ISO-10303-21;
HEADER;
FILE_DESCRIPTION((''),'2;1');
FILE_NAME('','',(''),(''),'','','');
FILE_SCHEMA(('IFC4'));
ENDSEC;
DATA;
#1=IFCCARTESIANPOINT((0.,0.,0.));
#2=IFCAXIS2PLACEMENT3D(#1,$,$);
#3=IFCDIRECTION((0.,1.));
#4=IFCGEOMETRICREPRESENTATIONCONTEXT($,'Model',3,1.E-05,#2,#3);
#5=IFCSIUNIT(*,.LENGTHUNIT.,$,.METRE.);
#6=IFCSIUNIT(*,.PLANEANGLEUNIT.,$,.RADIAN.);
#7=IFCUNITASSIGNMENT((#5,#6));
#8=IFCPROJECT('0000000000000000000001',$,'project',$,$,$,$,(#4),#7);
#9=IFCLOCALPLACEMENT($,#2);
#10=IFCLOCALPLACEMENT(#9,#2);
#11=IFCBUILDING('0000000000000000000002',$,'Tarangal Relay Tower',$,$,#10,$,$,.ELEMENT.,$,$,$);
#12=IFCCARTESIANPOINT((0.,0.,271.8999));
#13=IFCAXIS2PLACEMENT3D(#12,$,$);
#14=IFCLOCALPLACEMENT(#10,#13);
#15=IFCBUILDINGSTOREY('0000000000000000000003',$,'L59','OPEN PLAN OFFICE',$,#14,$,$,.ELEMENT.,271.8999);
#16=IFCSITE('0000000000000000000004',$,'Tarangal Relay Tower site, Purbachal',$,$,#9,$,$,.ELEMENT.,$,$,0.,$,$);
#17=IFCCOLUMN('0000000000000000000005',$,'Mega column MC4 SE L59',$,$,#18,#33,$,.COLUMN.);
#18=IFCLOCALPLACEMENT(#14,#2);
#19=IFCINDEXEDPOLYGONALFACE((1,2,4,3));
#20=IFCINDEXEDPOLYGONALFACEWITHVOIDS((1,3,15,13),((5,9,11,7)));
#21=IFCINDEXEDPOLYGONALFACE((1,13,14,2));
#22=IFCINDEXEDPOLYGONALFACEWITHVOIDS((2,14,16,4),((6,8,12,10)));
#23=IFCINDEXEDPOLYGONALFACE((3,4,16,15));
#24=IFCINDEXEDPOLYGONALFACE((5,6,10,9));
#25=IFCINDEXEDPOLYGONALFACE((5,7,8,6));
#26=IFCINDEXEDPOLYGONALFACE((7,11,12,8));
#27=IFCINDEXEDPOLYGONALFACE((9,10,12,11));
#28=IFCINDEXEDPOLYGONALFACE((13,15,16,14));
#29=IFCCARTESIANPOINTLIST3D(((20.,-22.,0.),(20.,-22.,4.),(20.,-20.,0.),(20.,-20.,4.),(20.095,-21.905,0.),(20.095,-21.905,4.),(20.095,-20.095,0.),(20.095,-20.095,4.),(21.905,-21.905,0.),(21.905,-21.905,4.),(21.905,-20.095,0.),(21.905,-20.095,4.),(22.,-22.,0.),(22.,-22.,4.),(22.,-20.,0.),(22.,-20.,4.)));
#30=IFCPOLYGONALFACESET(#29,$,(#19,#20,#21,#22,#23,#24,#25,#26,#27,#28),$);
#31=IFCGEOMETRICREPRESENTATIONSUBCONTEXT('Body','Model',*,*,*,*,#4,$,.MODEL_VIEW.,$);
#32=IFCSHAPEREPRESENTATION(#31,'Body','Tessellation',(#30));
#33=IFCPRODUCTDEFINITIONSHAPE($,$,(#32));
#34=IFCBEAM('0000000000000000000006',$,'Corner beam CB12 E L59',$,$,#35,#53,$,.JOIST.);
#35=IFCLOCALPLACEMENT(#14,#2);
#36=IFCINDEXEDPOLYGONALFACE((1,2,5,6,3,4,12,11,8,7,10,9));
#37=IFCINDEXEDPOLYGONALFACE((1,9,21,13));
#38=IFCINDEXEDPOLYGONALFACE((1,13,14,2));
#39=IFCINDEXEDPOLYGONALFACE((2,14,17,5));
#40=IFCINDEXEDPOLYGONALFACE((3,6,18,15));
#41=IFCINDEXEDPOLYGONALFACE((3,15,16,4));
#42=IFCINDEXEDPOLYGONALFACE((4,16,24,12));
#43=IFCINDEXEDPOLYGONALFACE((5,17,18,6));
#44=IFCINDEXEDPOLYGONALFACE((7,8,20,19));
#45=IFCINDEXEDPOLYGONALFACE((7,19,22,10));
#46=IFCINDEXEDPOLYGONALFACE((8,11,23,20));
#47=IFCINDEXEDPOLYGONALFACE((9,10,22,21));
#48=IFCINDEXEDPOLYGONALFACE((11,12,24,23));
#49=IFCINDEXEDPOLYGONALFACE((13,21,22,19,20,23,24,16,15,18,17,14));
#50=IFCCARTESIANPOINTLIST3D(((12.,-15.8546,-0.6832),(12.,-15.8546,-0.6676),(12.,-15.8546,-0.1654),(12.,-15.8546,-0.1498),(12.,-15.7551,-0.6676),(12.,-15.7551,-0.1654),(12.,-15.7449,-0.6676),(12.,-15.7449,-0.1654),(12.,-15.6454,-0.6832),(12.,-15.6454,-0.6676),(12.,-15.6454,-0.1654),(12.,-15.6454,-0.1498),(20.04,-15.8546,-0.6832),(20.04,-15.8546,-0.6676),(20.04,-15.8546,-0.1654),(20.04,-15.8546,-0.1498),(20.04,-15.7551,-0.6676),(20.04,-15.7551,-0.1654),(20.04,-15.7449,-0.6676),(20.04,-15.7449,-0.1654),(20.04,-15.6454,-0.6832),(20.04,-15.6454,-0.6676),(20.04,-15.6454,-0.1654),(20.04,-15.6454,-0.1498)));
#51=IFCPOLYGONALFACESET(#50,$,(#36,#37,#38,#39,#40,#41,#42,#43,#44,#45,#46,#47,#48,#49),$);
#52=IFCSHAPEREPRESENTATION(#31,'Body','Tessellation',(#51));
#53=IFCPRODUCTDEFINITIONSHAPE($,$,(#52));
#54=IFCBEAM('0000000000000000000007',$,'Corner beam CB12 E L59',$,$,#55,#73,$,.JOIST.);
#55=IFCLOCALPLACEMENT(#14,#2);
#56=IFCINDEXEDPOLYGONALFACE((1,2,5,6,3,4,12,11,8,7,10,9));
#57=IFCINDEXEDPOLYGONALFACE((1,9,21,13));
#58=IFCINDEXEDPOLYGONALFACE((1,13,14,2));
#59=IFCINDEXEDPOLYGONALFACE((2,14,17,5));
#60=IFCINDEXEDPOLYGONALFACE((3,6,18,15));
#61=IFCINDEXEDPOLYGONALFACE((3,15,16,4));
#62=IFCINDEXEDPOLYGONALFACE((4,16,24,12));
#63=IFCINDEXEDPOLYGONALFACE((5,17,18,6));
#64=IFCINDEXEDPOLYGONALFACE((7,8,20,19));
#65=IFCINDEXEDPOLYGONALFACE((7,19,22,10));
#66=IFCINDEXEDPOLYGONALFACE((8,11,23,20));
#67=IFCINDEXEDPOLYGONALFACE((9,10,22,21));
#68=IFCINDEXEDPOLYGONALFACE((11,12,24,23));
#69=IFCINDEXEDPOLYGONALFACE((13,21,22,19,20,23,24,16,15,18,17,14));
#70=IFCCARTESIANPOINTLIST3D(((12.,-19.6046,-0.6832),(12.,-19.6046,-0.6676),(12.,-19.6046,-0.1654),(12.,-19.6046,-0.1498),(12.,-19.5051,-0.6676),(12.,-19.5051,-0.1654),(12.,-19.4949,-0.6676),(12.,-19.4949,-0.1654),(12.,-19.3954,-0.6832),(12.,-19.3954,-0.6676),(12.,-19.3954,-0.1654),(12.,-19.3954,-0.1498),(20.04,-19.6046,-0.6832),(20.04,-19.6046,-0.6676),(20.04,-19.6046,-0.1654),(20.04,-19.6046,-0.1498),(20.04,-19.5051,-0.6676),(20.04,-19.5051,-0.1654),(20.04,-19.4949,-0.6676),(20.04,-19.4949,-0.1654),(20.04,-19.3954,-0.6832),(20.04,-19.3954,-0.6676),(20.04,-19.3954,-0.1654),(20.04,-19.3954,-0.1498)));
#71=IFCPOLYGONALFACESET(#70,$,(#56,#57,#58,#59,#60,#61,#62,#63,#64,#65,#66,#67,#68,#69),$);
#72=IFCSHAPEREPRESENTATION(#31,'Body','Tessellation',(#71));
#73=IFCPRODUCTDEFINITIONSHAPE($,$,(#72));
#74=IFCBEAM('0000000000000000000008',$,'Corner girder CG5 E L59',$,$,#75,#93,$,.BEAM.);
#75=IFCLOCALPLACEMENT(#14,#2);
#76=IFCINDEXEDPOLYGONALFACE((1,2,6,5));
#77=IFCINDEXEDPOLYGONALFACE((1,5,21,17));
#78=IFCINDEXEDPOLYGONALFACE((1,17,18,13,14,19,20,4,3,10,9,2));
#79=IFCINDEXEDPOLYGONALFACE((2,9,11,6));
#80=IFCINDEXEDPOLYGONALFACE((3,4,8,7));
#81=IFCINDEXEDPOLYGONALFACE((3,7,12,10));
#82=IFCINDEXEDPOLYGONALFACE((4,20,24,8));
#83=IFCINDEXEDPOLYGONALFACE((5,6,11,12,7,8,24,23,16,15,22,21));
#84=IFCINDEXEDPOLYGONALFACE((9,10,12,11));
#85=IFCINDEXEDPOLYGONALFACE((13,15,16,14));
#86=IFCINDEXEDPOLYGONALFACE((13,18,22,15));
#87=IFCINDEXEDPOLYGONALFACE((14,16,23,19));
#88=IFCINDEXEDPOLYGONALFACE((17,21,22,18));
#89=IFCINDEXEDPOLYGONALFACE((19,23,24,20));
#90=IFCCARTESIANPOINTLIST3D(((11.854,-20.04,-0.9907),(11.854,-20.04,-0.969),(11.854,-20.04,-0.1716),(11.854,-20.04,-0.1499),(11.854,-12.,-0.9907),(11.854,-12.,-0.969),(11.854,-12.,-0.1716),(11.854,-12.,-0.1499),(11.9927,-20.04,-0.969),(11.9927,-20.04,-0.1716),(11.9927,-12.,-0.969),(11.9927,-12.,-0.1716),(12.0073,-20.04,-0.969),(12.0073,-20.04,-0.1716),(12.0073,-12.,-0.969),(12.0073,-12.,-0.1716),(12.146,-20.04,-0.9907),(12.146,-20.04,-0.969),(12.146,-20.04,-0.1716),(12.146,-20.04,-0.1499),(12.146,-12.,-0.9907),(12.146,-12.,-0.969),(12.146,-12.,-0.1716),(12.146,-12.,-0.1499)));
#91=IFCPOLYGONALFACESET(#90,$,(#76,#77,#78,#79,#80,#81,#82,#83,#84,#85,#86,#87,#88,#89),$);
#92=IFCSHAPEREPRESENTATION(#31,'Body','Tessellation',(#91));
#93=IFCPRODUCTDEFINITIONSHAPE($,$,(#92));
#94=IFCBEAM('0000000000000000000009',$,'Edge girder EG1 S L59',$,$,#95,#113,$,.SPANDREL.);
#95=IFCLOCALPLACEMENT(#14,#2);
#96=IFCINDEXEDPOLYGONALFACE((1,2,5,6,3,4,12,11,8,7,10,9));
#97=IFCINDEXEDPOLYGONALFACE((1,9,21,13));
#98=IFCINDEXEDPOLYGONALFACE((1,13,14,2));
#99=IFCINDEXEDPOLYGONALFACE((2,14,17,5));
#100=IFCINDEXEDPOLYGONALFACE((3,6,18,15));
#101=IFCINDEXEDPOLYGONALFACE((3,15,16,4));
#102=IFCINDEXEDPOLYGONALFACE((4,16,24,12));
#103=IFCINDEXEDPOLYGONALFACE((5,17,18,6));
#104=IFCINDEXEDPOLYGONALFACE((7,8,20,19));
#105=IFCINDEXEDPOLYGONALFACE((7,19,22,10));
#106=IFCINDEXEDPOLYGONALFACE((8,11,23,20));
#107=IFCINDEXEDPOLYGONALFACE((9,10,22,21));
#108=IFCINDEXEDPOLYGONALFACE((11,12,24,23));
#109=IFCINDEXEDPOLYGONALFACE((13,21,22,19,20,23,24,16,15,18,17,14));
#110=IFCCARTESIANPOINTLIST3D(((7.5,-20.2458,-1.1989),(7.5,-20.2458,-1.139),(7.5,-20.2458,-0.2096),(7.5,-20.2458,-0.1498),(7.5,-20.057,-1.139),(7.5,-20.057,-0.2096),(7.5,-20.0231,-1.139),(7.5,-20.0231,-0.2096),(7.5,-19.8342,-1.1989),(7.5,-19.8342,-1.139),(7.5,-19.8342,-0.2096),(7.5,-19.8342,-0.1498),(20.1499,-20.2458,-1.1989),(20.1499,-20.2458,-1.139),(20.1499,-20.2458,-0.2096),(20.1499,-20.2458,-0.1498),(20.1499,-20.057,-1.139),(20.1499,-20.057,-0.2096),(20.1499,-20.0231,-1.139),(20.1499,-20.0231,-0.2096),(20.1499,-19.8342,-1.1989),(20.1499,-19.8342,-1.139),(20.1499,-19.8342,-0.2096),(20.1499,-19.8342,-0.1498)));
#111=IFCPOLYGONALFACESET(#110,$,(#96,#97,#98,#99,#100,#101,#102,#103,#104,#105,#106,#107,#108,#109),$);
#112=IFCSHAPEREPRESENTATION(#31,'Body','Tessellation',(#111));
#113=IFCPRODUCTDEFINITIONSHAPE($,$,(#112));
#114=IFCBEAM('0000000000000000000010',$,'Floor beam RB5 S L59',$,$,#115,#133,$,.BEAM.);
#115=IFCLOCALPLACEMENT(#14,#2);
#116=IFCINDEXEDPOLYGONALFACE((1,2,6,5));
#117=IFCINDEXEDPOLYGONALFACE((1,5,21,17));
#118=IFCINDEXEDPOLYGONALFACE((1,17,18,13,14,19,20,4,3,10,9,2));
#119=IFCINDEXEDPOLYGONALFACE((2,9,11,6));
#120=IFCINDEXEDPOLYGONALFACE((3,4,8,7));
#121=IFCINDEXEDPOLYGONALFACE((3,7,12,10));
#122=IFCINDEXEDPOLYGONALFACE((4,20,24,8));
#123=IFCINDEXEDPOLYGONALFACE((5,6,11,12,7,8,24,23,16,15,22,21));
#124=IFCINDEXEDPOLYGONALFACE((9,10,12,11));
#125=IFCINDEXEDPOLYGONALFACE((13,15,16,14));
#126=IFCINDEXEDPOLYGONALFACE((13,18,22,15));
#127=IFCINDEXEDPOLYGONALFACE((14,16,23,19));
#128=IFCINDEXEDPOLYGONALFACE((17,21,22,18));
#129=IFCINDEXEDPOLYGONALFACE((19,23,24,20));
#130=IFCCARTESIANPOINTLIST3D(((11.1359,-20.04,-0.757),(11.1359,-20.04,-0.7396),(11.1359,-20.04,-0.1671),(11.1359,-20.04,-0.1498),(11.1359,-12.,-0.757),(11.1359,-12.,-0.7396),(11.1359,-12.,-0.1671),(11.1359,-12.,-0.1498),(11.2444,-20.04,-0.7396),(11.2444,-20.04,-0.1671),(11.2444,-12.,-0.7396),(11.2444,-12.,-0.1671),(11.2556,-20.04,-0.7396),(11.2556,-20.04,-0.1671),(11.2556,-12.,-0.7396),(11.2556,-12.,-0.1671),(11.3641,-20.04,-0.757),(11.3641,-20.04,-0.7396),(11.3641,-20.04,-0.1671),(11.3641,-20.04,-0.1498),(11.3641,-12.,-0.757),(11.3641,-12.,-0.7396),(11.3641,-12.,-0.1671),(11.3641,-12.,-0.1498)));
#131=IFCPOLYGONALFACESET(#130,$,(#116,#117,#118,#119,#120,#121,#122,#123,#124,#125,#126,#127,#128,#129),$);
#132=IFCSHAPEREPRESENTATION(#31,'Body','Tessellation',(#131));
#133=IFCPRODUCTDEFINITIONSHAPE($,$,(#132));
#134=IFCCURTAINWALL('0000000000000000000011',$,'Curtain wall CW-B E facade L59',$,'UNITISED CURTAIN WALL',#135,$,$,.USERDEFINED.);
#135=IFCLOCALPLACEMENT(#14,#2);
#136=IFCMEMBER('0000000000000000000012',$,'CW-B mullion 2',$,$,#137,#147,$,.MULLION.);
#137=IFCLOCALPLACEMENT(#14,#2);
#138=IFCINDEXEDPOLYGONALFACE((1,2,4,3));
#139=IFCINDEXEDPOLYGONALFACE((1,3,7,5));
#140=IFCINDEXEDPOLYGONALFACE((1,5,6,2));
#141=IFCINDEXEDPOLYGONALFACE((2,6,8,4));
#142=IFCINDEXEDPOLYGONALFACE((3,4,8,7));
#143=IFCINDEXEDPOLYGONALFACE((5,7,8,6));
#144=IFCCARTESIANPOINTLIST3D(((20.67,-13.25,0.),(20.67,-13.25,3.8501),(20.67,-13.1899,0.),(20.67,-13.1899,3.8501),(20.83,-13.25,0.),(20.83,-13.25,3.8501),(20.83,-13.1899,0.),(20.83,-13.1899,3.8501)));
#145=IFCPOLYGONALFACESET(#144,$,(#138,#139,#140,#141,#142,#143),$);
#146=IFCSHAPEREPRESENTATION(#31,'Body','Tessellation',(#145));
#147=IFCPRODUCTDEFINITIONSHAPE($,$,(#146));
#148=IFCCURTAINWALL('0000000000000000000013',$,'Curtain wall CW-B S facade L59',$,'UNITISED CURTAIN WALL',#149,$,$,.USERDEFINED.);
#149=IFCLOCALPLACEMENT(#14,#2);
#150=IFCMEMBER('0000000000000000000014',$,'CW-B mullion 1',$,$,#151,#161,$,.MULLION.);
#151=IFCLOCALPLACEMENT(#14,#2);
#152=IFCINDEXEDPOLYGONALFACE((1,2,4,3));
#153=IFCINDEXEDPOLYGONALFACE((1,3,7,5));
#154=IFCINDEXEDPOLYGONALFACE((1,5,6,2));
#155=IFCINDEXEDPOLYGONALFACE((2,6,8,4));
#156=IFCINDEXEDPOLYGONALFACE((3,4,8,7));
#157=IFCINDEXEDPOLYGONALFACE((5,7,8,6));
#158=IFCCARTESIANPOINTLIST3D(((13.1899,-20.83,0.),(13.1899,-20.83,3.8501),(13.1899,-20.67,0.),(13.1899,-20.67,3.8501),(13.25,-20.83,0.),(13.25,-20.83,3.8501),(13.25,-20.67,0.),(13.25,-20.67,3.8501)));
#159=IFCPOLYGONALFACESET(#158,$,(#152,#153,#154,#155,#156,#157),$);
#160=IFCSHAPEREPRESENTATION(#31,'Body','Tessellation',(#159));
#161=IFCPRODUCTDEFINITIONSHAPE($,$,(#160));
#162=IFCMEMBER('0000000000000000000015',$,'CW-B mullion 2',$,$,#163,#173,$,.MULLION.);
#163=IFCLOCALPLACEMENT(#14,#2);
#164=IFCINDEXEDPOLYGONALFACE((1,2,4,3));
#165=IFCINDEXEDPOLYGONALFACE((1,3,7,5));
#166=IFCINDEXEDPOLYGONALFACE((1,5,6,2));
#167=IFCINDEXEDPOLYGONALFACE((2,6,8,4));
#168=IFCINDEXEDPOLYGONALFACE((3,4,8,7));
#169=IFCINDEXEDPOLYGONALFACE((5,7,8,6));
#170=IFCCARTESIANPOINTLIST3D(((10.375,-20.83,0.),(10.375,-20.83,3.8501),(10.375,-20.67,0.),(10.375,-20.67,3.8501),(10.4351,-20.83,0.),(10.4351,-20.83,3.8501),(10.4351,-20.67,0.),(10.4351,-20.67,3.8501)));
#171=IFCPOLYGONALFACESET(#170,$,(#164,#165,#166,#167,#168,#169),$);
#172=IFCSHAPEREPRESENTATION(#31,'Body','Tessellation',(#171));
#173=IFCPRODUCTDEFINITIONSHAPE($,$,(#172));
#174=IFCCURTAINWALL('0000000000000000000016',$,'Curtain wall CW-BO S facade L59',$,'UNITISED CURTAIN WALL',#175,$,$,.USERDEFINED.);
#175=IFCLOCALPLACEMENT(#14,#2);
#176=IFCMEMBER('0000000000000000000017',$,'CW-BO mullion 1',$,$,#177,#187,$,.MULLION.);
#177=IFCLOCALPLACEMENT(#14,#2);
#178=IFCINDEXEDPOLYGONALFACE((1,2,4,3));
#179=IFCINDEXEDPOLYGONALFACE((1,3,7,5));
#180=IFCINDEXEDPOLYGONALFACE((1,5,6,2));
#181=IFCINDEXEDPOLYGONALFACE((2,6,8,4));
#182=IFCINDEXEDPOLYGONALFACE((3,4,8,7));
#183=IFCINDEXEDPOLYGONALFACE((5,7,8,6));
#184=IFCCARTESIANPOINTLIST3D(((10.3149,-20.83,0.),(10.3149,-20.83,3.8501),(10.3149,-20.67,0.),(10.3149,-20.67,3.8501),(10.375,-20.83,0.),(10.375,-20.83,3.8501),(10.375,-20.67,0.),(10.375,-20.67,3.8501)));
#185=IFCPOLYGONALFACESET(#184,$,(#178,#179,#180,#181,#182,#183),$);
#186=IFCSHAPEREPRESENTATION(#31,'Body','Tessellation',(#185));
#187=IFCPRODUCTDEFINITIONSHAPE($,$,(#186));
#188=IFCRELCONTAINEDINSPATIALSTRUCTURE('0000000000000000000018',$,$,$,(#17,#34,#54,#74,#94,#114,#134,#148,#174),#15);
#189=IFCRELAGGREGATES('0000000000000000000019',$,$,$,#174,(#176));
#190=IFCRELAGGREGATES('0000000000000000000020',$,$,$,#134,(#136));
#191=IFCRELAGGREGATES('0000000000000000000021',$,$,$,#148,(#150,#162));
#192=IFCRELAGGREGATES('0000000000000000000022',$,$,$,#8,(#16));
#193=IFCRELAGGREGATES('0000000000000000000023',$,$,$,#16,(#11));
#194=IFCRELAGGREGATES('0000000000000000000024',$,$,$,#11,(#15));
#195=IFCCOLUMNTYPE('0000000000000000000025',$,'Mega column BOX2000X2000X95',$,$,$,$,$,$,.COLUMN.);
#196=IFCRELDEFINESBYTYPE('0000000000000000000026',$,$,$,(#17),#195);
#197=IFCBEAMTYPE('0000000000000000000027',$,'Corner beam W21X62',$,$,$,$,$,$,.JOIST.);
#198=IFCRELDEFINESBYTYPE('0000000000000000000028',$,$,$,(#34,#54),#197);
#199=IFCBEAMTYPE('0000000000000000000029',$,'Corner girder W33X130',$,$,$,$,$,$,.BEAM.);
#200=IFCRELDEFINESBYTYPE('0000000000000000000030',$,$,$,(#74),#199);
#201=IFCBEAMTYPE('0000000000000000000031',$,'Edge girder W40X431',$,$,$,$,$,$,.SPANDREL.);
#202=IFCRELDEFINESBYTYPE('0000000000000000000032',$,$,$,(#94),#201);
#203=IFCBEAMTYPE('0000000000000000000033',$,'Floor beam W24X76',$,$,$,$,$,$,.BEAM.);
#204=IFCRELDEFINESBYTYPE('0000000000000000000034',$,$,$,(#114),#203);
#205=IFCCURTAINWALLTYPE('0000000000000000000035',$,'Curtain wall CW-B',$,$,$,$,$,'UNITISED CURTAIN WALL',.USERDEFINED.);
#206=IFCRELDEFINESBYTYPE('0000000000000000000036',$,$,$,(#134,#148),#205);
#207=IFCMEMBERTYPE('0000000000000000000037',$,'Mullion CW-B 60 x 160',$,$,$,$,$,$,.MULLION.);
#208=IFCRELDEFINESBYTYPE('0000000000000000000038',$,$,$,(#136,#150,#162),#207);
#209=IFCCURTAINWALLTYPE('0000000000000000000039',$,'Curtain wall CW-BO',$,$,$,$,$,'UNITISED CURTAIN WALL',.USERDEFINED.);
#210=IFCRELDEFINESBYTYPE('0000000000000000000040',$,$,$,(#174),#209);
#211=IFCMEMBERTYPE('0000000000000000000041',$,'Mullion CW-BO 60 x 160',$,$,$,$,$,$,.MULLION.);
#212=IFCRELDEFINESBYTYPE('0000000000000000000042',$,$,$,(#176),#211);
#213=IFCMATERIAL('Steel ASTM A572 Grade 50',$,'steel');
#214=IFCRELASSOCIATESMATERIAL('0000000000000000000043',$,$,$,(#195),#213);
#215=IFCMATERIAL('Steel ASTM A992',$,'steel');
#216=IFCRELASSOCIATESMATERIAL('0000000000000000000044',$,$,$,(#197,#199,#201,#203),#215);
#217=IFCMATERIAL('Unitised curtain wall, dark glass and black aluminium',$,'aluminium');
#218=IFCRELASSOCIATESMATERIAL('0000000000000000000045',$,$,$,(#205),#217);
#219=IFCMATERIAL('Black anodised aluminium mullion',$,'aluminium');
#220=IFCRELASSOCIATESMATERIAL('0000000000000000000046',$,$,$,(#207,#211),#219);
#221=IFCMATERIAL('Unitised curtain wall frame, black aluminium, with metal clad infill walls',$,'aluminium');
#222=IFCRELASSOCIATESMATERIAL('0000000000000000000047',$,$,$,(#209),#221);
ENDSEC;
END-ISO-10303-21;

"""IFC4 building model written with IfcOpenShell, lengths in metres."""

from ifc_helpers import new_model, si_unit, direction, frame, origin, origin_2d, place, context, subcontext, project, spatial, rectangle, hollow_rectangle, i_section, extrude, material, material_profile, profile_set, type_object, element, aggregate, save


model = new_model("IFC4")

# Units and contexts
model_context = context("Model", 3, precision=1e-05, world=origin(), true_north=direction((0.0, 1.0)))
body_context = subcontext(model_context, "Body", "Model", "MODEL_VIEW")
ifc_project = project(units=[si_unit("LENGTHUNIT", "METRE"), si_unit("PLANEANGLEUNIT", "RADIAN")], contexts=[model_context])

# Site, building, storey
site_placement = place(None, origin())
site = spatial("IfcSite", under=ifc_project, at=site_placement, Name="Tarangal Relay Tower site, Purbachal", CompositionType="ELEMENT", RefElevation=0.0)
building_placement = place(site_placement, origin())
building = spatial("IfcBuilding", under=site, at=building_placement, Name="Tarangal Relay Tower", CompositionType="ELEMENT")
storey_placement = place(building_placement, frame((0.0, 0.0, 271.8999)))
storey = spatial("IfcBuildingStorey", under=building, at=storey_placement, Name="L59", Description="OPEN PLAN OFFICE", CompositionType="ELEMENT", Elevation=271.8999)

# Column
ifc_material_1 = material(Name="Steel ASTM A572 Grade 50", Category="steel")
ifc_material_profile_1 = material_profile(ifc_material_1, hollow_rectangle(XDim=2.0, YDim=2.0, WallThickness=0.095, at=origin_2d()), Name="BOX2000X2000X95")
ifc_profile_set_1 = profile_set([ifc_material_profile_1], Name="Steel ASTM A572 Grade 50")
column_type = type_object("IfcColumnType", Name="Mega column BOX2000X2000X95", PredefinedType="COLUMN", material=ifc_profile_set_1)
column_placement = place(storey_placement, frame((21.0, -21.0, 0.0), z_axis=(0.0, 0.0, 1.0), x_axis=(1.0, 0.0, 0.0)))
element("IfcColumn", 1, at=column_placement, inside=storey, type_object=column_type, Name="Mega column MC4 SE L59", PredefinedType="COLUMN", context=body_context, shape_type="SweptSolid", body=[
    extrude(hollow_rectangle(XDim=2.0, YDim=2.0, WallThickness=0.095, at=origin_2d()), origin(), (0.0, 0.0, 1.0), 4.0),
])

# Beams
ifc_material_2 = material(Name="Steel ASTM A992", Category="steel")
ifc_material_profile_2 = material_profile(ifc_material_2, i_section(OverallWidth=0.2092, OverallDepth=0.5334, WebThickness=0.0103, FlangeThickness=0.0156, at=origin_2d()), Name="W21X62")
ifc_profile_set_2 = profile_set([ifc_material_profile_2], Name="Steel ASTM A992")
beam_type_1 = type_object("IfcBeamType", Name="Corner beam W21X62", PredefinedType="JOIST", material=ifc_profile_set_2)
for number, where, z_axis, x_axis, name in (
    (2, (12.0, -15.75, -0.4165), (1.0, 0.0, 0.0), (0.0, 1.0, 0.0), "Corner beam CB12 E L59"),
    (3, (12.0, -19.5, -0.4165), (1.0, 0.0, 0.0), (0.0, 1.0, 0.0), "Corner beam CB12 E L59"),
):
    element("IfcBeam", number, at=place(storey_placement, frame(where, z_axis=z_axis, x_axis=x_axis)), inside=storey, type_object=beam_type_1, Name=name, PredefinedType="JOIST", context=body_context, shape_type="SweptSolid", body=[
        extrude(i_section(OverallWidth=0.2092, OverallDepth=0.5334, WebThickness=0.0103, FlangeThickness=0.0156, at=origin_2d()), origin(), (0.0, 0.0, 1.0), 8.04),
    ])
ifc_material_profile_3 = material_profile(ifc_material_2, i_section(OverallWidth=0.292, OverallDepth=0.8408, WebThickness=0.0146, FlangeThickness=0.0217, at=origin_2d()), Name="W33X130")
ifc_profile_set_3 = profile_set([ifc_material_profile_3], Name="Steel ASTM A992")
beam_type_2 = type_object("IfcBeamType", Name="Corner girder W33X130", PredefinedType="BEAM", material=ifc_profile_set_3)
beam_1_placement = place(storey_placement, frame((12.0, -12.0, -0.5703), z_axis=(0.0, -1.0, 0.0), x_axis=(1.0, 0.0, 0.0)))
element("IfcBeam", 4, at=beam_1_placement, inside=storey, type_object=beam_type_2, Name="Corner girder CG5 E L59", PredefinedType="BEAM", context=body_context, shape_type="SweptSolid", body=[
    extrude(i_section(OverallWidth=0.292, OverallDepth=0.8408, WebThickness=0.0146, FlangeThickness=0.0217, at=origin_2d()), origin(), (0.0, 0.0, 1.0), 8.04),
])
ifc_material_profile_4 = material_profile(ifc_material_2, i_section(OverallWidth=0.4116, OverallDepth=1.0491, WebThickness=0.0339, FlangeThickness=0.0598, at=origin_2d()), Name="W40X431")
ifc_profile_set_4 = profile_set([ifc_material_profile_4], Name="Steel ASTM A992")
beam_type_3 = type_object("IfcBeamType", Name="Edge girder W40X431", PredefinedType="SPANDREL", material=ifc_profile_set_4)
beam_2_placement = place(storey_placement, frame((20.1499, -20.04, -0.6743), z_axis=(-1.0, 0.0, 0.0), x_axis=(0.0, -1.0, 0.0)))
element("IfcBeam", 5, at=beam_2_placement, inside=storey, type_object=beam_type_3, Name="Edge girder EG1 S L59", PredefinedType="SPANDREL", context=body_context, shape_type="SweptSolid", body=[
    extrude(i_section(OverallWidth=0.4116, OverallDepth=1.0491, WebThickness=0.0339, FlangeThickness=0.0598, at=origin_2d()), origin(), (0.0, 0.0, 1.0), 12.6499),
])
ifc_material_profile_5 = material_profile(ifc_material_2, i_section(OverallWidth=0.2283, OverallDepth=0.6072, WebThickness=0.0112, FlangeThickness=0.0173, at=origin_2d()), Name="W24X76")
ifc_profile_set_5 = profile_set([ifc_material_profile_5], Name="Steel ASTM A992")
beam_type_4 = type_object("IfcBeamType", Name="Floor beam W24X76", PredefinedType="BEAM", material=ifc_profile_set_5)
beam_3_placement = place(storey_placement, frame((11.25, -12.0, -0.4534), z_axis=(0.0, -1.0, 0.0), x_axis=(1.0, 0.0, 0.0)))
element("IfcBeam", 6, at=beam_3_placement, inside=storey, type_object=beam_type_4, Name="Floor beam RB5 S L59", PredefinedType="BEAM", context=body_context, shape_type="SweptSolid", body=[
    extrude(i_section(OverallWidth=0.2283, OverallDepth=0.6072, WebThickness=0.0112, FlangeThickness=0.0173, at=origin_2d()), origin(), (0.0, 0.0, 1.0), 8.04),
])

# Curtain wall, member
ifc_material_3 = material(Name="Unitised curtain wall, dark glass and black aluminium", Category="aluminium")
curtain_wall_type_1 = type_object("IfcCurtainWallType", Name="Curtain wall CW-B", ElementType="UNITISED CURTAIN WALL", PredefinedType="USERDEFINED", material=ifc_material_3)
curtain_wall_1_placement = place(storey_placement, origin())
curtain_wall_1 = element("IfcCurtainWall", 7, at=curtain_wall_1_placement, inside=storey, type_object=curtain_wall_type_1, Name="Curtain wall CW-B E facade L59", ObjectType="UNITISED CURTAIN WALL", PredefinedType="USERDEFINED")
ifc_material_4 = material(Name="Black anodised aluminium mullion", Category="aluminium")
ifc_material_profile_6 = material_profile(ifc_material_4, rectangle(XDim=0.1599, YDim=0.0601, at=origin_2d()), Name="CW-BM 60X160")
ifc_profile_set_6 = profile_set([ifc_material_profile_6], Name="Black anodised aluminium mullion")
member_type_1 = type_object("IfcMemberType", Name="Mullion CW-B 60 x 160", PredefinedType="MULLION", material=ifc_profile_set_6)
member_1_placement = place(storey_placement, frame((20.75, -13.22, 0.0), z_axis=(0.0, 0.0, 1.0), x_axis=(1.0, 0.0, 0.0)))
member_1 = element("IfcMember", 8, at=member_1_placement, type_object=member_type_1, Name="CW-B mullion 2", PredefinedType="MULLION", context=body_context, shape_type="SweptSolid", body=[
    extrude(rectangle(XDim=0.1599, YDim=0.0601, at=origin_2d()), origin(), (0.0, 0.0, 1.0), 3.8501),
])

# Curtain wall, members
curtain_wall_2_placement = place(storey_placement, origin())
curtain_wall_2 = element("IfcCurtainWall", 9, at=curtain_wall_2_placement, inside=storey, type_object=curtain_wall_type_1, Name="Curtain wall CW-B S facade L59", ObjectType="UNITISED CURTAIN WALL", PredefinedType="USERDEFINED")
member_2_placement = place(storey_placement, frame((13.22, -20.75, 0.0), z_axis=(0.0, 0.0, 1.0), x_axis=(0.0, -1.0, 0.0)))
member_2 = element("IfcMember", 10, at=member_2_placement, type_object=member_type_1, Name="CW-B mullion 1", PredefinedType="MULLION", context=body_context, shape_type="SweptSolid", body=[
    extrude(rectangle(XDim=0.1599, YDim=0.0601, at=origin_2d()), origin(), (0.0, 0.0, 1.0), 3.8501),
])
member_3_placement = place(storey_placement, frame((10.405, -20.75, 0.0), z_axis=(0.0, 0.0, 1.0), x_axis=(0.0, -1.0, 0.0)))
member_3 = element("IfcMember", 11, at=member_3_placement, type_object=member_type_1, Name="CW-B mullion 2", PredefinedType="MULLION", context=body_context, shape_type="SweptSolid", body=[
    extrude(rectangle(XDim=0.1599, YDim=0.0601, at=origin_2d()), origin(), (0.0, 0.0, 1.0), 3.8501),
])

# Curtain wall, member
ifc_material_5 = material(Name="Unitised curtain wall frame, black aluminium, with metal clad infill walls", Category="aluminium")
curtain_wall_type_2 = type_object("IfcCurtainWallType", Name="Curtain wall CW-BO", ElementType="UNITISED CURTAIN WALL", PredefinedType="USERDEFINED", material=ifc_material_5)
curtain_wall_3_placement = place(storey_placement, origin())
curtain_wall_3 = element("IfcCurtainWall", 12, at=curtain_wall_3_placement, inside=storey, type_object=curtain_wall_type_2, Name="Curtain wall CW-BO S facade L59", ObjectType="UNITISED CURTAIN WALL", PredefinedType="USERDEFINED")
ifc_material_profile_7 = material_profile(ifc_material_4, rectangle(XDim=0.1599, YDim=0.0601, at=origin_2d()), Name="CW-BOM 60X160")
ifc_profile_set_7 = profile_set([ifc_material_profile_7], Name="Black anodised aluminium mullion")
member_type_2 = type_object("IfcMemberType", Name="Mullion CW-BO 60 x 160", PredefinedType="MULLION", material=ifc_profile_set_7)
member_4_placement = place(storey_placement, frame((10.345, -20.75, 0.0), z_axis=(0.0, 0.0, 1.0), x_axis=(0.0, -1.0, 0.0)))
member_4 = element("IfcMember", 13, at=member_4_placement, type_object=member_type_2, Name="CW-BO mullion 1", PredefinedType="MULLION", context=body_context, shape_type="SweptSolid", body=[
    extrude(rectangle(XDim=0.1599, YDim=0.0601, at=origin_2d()), origin(), (0.0, 0.0, 1.0), 3.8501),
])
aggregate(curtain_wall_3, [member_4])

aggregate(curtain_wall_1, [member_1])
aggregate(curtain_wall_2, [member_2, member_3])

save(model, "model.ifc")
